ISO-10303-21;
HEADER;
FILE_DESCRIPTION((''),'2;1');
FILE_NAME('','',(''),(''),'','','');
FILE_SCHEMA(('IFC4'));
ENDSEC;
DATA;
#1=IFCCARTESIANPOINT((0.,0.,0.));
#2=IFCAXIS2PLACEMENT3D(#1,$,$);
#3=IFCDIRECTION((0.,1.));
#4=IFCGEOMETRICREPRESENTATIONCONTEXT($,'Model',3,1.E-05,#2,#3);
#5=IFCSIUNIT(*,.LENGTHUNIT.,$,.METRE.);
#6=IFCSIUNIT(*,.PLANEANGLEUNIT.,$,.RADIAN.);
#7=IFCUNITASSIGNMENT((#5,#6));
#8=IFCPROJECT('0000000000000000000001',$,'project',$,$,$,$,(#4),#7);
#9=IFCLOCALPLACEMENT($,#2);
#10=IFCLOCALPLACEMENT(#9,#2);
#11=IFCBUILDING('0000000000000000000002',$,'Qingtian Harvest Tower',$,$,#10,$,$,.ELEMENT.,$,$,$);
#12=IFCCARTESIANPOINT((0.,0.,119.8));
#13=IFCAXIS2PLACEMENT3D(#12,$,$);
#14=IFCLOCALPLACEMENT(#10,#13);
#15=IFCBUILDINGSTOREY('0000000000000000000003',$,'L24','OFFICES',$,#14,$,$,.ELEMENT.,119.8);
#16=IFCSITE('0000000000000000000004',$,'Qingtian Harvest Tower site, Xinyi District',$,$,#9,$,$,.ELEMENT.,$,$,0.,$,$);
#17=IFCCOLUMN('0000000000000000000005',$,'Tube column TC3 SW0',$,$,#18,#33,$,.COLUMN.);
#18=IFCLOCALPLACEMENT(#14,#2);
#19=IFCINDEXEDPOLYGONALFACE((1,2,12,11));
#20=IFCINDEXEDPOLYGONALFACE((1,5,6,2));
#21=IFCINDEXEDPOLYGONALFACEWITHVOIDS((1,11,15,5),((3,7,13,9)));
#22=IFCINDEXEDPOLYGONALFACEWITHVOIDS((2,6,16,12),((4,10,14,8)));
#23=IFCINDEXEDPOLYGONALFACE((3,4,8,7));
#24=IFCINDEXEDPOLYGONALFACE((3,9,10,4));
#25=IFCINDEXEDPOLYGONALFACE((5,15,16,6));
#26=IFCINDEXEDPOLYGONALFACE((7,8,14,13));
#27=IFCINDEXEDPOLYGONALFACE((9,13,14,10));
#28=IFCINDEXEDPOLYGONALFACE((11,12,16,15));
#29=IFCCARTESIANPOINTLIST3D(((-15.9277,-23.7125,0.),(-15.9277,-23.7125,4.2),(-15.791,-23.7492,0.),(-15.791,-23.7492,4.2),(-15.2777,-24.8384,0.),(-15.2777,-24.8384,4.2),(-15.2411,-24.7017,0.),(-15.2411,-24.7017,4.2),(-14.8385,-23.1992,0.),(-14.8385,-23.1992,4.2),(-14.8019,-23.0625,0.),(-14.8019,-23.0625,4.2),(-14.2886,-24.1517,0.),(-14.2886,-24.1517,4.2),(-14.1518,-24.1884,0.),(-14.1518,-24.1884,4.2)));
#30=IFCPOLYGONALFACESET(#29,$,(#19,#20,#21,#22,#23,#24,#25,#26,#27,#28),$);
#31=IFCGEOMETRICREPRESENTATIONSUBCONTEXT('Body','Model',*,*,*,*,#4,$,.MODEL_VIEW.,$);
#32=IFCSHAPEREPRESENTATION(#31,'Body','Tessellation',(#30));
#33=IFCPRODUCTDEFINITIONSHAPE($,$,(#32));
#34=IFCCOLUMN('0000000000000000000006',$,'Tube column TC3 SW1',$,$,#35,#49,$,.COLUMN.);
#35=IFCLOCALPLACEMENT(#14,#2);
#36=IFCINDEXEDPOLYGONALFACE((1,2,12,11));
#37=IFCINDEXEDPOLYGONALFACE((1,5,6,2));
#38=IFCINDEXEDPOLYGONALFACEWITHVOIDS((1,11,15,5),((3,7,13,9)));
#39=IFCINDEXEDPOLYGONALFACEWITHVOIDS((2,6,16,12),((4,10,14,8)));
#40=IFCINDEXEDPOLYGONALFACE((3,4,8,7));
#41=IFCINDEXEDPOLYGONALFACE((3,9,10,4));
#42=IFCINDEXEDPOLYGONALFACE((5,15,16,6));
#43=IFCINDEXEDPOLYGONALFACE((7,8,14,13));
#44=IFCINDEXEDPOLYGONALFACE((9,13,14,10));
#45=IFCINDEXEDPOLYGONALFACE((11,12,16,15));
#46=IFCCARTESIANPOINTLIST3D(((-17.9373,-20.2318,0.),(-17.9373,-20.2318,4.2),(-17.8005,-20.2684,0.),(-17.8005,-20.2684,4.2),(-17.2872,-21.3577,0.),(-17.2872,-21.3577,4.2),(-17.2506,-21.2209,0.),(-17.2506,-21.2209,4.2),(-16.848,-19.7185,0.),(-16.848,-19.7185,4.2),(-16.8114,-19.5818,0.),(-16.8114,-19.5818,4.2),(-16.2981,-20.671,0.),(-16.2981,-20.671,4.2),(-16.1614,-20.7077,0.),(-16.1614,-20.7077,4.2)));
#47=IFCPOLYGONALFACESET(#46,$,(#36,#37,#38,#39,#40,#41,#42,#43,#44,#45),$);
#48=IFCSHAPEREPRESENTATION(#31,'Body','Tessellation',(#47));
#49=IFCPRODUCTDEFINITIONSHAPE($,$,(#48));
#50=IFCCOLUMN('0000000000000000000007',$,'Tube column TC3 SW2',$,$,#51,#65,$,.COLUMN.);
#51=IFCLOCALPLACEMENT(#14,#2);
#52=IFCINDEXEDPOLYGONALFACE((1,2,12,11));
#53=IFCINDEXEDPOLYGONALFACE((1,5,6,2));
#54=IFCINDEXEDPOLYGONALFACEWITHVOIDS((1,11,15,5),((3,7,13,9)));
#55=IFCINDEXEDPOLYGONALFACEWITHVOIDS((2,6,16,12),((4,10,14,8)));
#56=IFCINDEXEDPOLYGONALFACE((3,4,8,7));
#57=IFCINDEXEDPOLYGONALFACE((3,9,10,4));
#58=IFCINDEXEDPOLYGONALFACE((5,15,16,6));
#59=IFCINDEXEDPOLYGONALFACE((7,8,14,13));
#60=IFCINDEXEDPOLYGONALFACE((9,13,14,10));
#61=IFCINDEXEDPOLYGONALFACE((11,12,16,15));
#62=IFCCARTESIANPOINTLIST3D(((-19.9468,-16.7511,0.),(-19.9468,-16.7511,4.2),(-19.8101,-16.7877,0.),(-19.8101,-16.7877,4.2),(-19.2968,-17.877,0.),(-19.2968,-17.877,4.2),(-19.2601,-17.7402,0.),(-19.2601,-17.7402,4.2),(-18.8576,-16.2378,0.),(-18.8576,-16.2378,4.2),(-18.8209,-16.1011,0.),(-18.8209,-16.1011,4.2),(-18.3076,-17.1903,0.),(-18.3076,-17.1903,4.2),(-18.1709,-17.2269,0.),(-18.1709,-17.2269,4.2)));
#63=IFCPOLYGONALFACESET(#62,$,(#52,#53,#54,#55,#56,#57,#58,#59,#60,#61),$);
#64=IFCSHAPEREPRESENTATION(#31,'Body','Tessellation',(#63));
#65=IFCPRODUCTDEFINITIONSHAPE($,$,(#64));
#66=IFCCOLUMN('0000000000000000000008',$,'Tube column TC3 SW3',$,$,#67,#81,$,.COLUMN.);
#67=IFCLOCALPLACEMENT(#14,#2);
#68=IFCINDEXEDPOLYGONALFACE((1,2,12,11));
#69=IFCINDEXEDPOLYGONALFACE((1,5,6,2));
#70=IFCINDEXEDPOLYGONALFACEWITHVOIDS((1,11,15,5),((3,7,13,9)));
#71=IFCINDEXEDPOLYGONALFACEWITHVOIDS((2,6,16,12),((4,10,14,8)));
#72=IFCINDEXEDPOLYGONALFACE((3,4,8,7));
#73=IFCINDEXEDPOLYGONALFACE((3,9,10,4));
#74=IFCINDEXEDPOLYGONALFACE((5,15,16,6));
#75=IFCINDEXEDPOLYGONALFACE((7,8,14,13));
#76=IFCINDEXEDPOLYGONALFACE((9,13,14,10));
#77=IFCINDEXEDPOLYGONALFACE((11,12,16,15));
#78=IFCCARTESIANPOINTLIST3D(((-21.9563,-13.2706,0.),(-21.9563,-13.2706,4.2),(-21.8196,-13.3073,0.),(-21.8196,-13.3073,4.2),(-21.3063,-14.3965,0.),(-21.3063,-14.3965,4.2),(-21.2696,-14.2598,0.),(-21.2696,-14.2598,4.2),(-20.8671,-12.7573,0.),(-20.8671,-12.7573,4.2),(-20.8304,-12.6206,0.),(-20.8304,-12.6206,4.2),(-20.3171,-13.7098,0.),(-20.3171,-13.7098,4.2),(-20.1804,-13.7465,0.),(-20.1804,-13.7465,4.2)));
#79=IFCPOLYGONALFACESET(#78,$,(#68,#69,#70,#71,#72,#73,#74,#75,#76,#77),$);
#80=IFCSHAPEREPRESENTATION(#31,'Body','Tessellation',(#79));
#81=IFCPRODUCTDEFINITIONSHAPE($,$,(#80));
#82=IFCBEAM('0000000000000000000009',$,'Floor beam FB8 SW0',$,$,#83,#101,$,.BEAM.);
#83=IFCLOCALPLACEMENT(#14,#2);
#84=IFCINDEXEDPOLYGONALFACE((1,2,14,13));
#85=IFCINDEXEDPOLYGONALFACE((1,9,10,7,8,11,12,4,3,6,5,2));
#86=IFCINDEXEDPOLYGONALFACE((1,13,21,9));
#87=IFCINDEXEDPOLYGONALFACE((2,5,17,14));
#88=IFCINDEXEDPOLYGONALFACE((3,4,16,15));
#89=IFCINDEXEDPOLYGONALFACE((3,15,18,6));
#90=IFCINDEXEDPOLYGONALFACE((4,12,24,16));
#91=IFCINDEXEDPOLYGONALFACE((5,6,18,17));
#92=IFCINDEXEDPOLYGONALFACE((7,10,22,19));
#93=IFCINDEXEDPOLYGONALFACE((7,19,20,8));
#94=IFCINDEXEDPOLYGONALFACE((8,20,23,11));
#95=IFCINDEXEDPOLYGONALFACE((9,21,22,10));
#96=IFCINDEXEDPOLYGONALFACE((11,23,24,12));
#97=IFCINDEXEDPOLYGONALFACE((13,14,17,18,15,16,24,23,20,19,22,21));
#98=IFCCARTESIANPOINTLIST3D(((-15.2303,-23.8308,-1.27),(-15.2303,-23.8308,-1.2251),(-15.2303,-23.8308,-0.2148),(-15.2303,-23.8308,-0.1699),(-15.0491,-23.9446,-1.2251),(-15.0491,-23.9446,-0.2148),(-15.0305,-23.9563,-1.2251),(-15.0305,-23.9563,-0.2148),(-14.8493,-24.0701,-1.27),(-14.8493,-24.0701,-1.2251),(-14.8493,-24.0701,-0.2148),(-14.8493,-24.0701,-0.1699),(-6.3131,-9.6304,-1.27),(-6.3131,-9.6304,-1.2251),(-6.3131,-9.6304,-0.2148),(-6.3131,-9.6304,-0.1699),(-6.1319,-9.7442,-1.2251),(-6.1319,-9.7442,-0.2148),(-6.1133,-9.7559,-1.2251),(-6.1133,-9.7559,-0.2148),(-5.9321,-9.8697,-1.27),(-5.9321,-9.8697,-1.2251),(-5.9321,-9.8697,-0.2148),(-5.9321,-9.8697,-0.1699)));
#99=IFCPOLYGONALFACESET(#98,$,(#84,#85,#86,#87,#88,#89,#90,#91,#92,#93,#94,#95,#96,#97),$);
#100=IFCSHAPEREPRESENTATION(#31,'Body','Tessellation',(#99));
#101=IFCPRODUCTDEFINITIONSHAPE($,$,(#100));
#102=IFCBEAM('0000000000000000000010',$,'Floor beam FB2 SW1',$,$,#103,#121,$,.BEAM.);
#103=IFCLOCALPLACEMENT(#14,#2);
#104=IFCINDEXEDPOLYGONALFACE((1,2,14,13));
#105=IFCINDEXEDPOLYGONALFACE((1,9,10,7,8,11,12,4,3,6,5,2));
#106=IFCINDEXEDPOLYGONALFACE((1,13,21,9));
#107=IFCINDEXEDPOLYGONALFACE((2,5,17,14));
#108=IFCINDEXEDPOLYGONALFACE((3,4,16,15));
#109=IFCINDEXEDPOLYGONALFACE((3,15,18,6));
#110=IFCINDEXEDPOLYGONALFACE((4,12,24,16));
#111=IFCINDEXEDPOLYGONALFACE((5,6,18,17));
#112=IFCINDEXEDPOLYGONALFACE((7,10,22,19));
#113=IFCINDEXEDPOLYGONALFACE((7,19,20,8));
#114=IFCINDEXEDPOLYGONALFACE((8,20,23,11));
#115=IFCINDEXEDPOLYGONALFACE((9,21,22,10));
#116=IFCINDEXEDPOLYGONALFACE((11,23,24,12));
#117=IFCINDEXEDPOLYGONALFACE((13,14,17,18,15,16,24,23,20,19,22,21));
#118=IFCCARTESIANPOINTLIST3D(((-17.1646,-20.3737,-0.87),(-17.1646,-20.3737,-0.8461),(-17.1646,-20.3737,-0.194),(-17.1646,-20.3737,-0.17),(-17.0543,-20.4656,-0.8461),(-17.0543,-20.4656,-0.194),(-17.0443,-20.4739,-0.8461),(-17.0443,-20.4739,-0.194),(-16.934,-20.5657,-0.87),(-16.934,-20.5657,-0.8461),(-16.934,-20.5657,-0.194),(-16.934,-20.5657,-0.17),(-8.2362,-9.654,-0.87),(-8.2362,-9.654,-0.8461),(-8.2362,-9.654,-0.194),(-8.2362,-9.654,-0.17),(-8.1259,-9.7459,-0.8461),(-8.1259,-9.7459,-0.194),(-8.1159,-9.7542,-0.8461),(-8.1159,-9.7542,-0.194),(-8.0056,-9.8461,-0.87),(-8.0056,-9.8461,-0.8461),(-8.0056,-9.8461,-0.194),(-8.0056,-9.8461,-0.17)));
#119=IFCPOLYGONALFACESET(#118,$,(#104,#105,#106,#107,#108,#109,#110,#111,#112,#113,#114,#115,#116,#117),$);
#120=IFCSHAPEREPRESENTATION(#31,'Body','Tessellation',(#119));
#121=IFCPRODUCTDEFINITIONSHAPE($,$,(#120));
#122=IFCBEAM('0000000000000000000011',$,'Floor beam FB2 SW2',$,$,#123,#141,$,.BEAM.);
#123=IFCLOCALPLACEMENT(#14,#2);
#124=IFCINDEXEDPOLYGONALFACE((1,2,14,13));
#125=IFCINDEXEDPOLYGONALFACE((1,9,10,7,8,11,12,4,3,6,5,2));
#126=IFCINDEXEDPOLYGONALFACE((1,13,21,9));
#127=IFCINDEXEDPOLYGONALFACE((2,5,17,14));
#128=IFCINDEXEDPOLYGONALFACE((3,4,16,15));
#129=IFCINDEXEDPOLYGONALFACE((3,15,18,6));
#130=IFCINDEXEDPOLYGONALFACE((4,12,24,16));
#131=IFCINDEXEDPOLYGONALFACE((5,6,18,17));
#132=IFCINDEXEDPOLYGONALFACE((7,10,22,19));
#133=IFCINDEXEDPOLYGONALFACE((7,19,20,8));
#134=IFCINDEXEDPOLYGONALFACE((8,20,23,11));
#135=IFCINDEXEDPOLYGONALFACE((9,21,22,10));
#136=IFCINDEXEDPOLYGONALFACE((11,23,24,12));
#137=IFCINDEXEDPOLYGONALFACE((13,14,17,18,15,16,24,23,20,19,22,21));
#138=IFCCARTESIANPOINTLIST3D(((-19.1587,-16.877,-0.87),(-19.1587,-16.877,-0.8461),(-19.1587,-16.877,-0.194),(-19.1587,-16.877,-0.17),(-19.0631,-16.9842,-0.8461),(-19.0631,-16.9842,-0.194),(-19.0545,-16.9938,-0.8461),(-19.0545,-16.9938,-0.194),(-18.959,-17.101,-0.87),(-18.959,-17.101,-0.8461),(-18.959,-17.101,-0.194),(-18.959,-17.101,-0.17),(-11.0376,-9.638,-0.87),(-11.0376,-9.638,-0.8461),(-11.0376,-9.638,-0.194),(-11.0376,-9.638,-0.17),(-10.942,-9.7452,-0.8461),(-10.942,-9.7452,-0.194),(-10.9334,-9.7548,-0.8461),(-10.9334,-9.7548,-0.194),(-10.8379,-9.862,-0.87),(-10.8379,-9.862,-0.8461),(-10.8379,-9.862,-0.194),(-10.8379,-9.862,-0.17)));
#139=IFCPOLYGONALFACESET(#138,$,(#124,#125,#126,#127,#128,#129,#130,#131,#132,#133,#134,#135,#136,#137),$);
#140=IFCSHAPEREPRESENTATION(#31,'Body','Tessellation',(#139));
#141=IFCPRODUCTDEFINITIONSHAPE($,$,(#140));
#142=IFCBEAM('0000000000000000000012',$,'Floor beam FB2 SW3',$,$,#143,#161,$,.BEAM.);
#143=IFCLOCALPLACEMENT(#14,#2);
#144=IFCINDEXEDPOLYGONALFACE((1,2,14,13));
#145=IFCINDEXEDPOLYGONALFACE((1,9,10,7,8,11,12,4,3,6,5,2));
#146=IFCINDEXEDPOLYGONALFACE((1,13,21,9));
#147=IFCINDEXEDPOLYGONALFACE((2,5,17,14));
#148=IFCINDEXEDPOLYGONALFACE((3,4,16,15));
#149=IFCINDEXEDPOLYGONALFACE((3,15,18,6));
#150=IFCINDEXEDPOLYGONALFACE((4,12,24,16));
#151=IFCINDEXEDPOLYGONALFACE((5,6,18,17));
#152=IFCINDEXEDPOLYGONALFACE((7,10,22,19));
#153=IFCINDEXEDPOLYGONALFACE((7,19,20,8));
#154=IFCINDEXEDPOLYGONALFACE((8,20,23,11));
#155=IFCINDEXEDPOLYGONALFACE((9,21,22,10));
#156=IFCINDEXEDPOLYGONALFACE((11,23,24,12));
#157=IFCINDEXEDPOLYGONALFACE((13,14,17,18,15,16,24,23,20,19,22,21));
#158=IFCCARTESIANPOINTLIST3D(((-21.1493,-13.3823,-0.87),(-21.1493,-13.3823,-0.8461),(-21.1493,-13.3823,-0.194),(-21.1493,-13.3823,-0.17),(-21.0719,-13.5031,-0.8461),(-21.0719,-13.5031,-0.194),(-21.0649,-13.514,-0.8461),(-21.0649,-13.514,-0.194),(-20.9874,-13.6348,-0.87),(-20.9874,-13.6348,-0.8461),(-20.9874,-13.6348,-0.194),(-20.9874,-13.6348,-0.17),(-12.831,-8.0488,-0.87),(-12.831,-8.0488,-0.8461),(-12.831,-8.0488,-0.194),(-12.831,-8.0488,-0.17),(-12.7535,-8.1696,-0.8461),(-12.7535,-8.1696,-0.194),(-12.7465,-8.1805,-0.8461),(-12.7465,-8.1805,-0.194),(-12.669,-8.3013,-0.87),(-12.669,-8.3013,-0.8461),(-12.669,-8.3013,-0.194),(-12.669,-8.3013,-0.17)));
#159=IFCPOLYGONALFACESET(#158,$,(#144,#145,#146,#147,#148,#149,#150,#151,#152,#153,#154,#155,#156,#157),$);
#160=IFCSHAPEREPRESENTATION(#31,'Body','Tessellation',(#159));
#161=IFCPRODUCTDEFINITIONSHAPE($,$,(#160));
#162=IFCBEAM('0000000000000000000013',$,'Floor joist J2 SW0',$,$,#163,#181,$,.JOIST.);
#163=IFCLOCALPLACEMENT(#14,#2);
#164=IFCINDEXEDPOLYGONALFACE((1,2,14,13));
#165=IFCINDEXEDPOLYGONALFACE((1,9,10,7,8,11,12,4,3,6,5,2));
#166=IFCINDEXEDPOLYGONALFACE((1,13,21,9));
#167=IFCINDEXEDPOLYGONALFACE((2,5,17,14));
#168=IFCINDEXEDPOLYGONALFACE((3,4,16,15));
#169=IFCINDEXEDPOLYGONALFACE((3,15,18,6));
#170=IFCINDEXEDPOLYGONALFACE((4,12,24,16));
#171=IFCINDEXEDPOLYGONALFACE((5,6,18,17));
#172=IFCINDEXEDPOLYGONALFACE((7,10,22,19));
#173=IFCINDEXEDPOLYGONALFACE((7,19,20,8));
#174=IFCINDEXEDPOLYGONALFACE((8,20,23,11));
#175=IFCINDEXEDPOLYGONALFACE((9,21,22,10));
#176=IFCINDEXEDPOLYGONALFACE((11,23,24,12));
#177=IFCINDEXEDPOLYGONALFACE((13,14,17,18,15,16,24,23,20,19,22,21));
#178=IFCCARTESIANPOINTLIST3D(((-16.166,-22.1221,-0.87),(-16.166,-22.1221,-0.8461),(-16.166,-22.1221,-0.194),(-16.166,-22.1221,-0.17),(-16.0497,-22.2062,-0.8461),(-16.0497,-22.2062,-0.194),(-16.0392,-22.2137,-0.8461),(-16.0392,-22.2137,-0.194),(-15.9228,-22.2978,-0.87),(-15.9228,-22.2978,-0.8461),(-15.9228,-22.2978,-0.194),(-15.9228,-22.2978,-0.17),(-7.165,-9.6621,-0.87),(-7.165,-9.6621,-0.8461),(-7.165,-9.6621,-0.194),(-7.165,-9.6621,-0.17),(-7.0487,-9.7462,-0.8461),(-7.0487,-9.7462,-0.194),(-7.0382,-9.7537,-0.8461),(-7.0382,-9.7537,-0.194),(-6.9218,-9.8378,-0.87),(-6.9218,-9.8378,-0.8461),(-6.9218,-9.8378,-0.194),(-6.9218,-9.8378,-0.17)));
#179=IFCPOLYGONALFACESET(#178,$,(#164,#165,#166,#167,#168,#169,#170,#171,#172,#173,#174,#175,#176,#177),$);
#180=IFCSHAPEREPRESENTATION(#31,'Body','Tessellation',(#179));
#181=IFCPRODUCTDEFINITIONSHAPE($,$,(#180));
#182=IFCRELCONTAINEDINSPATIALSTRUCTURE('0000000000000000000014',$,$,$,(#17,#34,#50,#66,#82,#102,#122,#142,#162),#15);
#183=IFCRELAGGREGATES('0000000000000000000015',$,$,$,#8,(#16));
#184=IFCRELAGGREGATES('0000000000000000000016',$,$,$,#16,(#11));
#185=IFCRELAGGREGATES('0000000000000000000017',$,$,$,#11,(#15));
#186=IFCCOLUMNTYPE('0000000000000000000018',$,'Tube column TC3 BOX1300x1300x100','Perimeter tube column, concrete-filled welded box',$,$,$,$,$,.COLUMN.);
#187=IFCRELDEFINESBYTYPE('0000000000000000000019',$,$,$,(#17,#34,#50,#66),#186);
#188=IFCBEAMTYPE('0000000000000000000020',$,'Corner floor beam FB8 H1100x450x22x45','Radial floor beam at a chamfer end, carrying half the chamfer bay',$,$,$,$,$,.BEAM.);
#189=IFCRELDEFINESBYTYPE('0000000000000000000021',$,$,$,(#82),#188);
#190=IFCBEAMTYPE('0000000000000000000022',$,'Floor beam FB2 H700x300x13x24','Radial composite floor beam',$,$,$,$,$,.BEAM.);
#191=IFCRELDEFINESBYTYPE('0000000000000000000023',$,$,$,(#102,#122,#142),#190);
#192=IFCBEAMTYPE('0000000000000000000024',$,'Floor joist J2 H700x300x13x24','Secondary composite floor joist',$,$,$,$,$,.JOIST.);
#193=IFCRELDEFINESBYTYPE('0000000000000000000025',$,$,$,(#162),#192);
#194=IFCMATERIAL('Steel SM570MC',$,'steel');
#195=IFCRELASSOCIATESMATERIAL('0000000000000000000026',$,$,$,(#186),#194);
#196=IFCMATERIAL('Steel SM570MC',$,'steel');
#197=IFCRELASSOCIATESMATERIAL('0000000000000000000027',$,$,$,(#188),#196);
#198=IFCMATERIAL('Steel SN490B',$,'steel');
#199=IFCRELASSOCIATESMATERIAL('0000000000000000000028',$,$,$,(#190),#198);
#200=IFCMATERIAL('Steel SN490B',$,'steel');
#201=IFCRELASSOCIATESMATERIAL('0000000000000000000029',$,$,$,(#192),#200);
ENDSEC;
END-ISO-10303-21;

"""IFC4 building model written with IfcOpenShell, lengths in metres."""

from ifc_helpers import new_model, si_unit, direction, frame, origin, origin_2d, place, context, subcontext, project, spatial, hollow_rectangle, i_section, extrude, material, material_profile, profile_set, type_object, element, save


model = new_model("IFC4")

# Units and contexts
model_context = context("Model", 3, precision=1e-05, world=origin(), true_north=direction((0.0, 1.0)))
body_context = subcontext(model_context, "Body", "Model", "MODEL_VIEW")
ifc_project = project(units=[si_unit("LENGTHUNIT", "METRE"), si_unit("PLANEANGLEUNIT", "RADIAN")], contexts=[model_context])

# Site, building, storey
site_placement = place(None, origin())
site = spatial("IfcSite", under=ifc_project, at=site_placement, Name="Qingtian Harvest Tower site, Xinyi District", CompositionType="ELEMENT", RefElevation=0.0)
building_placement = place(site_placement, origin())
building = spatial("IfcBuilding", under=site, at=building_placement, Name="Qingtian Harvest Tower", CompositionType="ELEMENT")
storey_placement = place(building_placement, frame((0.0, 0.0, 119.8)))
storey = spatial("IfcBuildingStorey", under=building, at=storey_placement, Name="L24", Description="OFFICES", CompositionType="ELEMENT", Elevation=119.8)

# Columns
ifc_material_1 = material(Name="Steel SM570MC", Category="steel")
ifc_material_profile_1 = material_profile(ifc_material_1, hollow_rectangle(XDim=1.3, YDim=1.3, WallThickness=0.1001, at=origin_2d()), Name="BOX1300x1300x100")
ifc_profile_set_1 = profile_set([ifc_material_profile_1], Name="Steel SM570MC")
column_type = type_object("IfcColumnType", Name="Tube column TC3 BOX1300x1300x100", Description="Perimeter tube column, concrete-filled welded box", PredefinedType="COLUMN", material=ifc_profile_set_1)
for number, where, z_axis, x_axis, name in (
    (1, (-15.0398, -23.9504, 0.0), (0.0, 0.0, 1.0), (0.5, -0.866025, 0.0), "Tube column TC3 SW0"),
    (2, (-17.0493, -20.4697, 0.0), (0.0, 0.0, 1.0), (0.5, -0.866025, 0.0), "Tube column TC3 SW1"),
    (3, (-19.0588, -16.989, 0.0), (0.0, 0.0, 1.0), (0.5, -0.866025, 0.0), "Tube column TC3 SW2"),
    (4, (-21.0684, -13.5085, 0.0), (0.0, 0.0, 1.0), (0.5, -0.866025, 0.0), "Tube column TC3 SW3"),
):
    element("IfcColumn", number, at=place(storey_placement, frame(where, z_axis=z_axis, x_axis=x_axis)), inside=storey, type_object=column_type, Name=name, PredefinedType="COLUMN", context=body_context, shape_type="SweptSolid", body=[
        extrude(hollow_rectangle(XDim=1.3, YDim=1.3, WallThickness=0.1001, at=origin_2d()), origin(), (0.0, 0.0, 1.0), 4.2),
    ])

# Beams
ifc_material_2 = material(Name="Steel SM570MC", Category="steel")
ifc_material_profile_2 = material_profile(ifc_material_2, i_section(OverallWidth=0.45, OverallDepth=1.1001, WebThickness=0.022, FlangeThickness=0.0449, at=origin_2d()), Name="H1100x450x22x45")
ifc_profile_set_2 = profile_set([ifc_material_profile_2], Name="Steel SM570MC")
beam_type_1 = type_object("IfcBeamType", Name="Corner floor beam FB8 H1100x450x22x45", Description="Radial floor beam at a chamfer end, carrying half the chamfer bay", PredefinedType="BEAM", material=ifc_profile_set_2)
beam_1_placement = place(storey_placement, frame((-15.0398, -23.9504, -0.72), z_axis=(0.531797, 0.846872, 0.0), x_axis=(-0.846872, 0.531797, 0.0)))
element("IfcBeam", 5, at=beam_1_placement, inside=storey, type_object=beam_type_1, Name="Floor beam FB8 SW0", PredefinedType="BEAM", context=body_context, shape_type="SweptSolid", body=[
    extrude(i_section(OverallWidth=0.45, OverallDepth=1.1001, WebThickness=0.022, FlangeThickness=0.0449, at=origin_2d()), origin(), (0.0, 0.0, 1.0), 16.7681),
])
ifc_material_3 = material(Name="Steel SN490B", Category="steel")
ifc_material_profile_3 = material_profile(ifc_material_3, i_section(OverallWidth=0.3, OverallDepth=0.7, WebThickness=0.0129, FlangeThickness=0.0239, at=origin_2d()), Name="H700x300x13x24")
ifc_profile_set_3 = profile_set([ifc_material_profile_3], Name="Steel SN490B")
beam_type_2 = type_object("IfcBeamType", Name="Floor beam FB2 H700x300x13x24", Description="Radial composite floor beam", PredefinedType="BEAM", material=ifc_profile_set_3)
beam_2_placement = place(storey_placement, frame((-17.0493, -20.4697, -0.52), z_axis=(0.639988, 0.768385, 0.0), x_axis=(-0.768385, 0.639988, 0.0)))
element("IfcBeam", 6, at=beam_2_placement, inside=storey, type_object=beam_type_2, Name="Floor beam FB2 SW1", PredefinedType="BEAM", context=body_context, shape_type="SweptSolid", body=[
    extrude(i_section(OverallWidth=0.3, OverallDepth=0.7, WebThickness=0.0129, FlangeThickness=0.0239, at=origin_2d()), origin(), (0.0, 0.0, 1.0), 13.9509),
])
beam_3_placement = place(storey_placement, frame((-19.0588, -16.989, -0.52), z_axis=(0.746484, 0.665404, 0.0), x_axis=(-0.665404, 0.746484, 0.0)))
element("IfcBeam", 7, at=beam_3_placement, inside=storey, type_object=beam_type_2, Name="Floor beam FB2 SW2", PredefinedType="BEAM", context=body_context, shape_type="SweptSolid", body=[
    extrude(i_section(OverallWidth=0.3, OverallDepth=0.7, WebThickness=0.0129, FlangeThickness=0.0239, at=origin_2d()), origin(), (0.0, 0.0, 1.0), 10.8792),
])
beam_4_placement = place(storey_placement, frame((-21.0684, -13.5085, -0.52), z_axis=(0.841823, 0.539753, 0.0), x_axis=(-0.539753, 0.841823, 0.0)))
element("IfcBeam", 8, at=beam_4_placement, inside=storey, type_object=beam_type_2, Name="Floor beam FB2 SW3", PredefinedType="BEAM", context=body_context, shape_type="SweptSolid", body=[
    extrude(i_section(OverallWidth=0.3, OverallDepth=0.7, WebThickness=0.0129, FlangeThickness=0.0239, at=origin_2d()), origin(), (0.0, 0.0, 1.0), 9.8813),
])
ifc_material_4 = material(Name="Steel SN490B", Category="steel")
ifc_material_profile_4 = material_profile(ifc_material_4, i_section(OverallWidth=0.3, OverallDepth=0.7, WebThickness=0.0129, FlangeThickness=0.0239, at=origin_2d()), Name="H700x300x13x24")
ifc_profile_set_4 = profile_set([ifc_material_profile_4], Name="Steel SN490B")
beam_type_3 = type_object("IfcBeamType", Name="Floor joist J2 H700x300x13x24", Description="Secondary composite floor joist", PredefinedType="JOIST", material=ifc_profile_set_4)
beam_5_placement = place(storey_placement, frame((-16.0444, -22.21, -0.52), z_axis=(0.585581, 0.810614, 0.0), x_axis=(-0.810614, 0.585581, 0.0)))
element("IfcBeam", 9, at=beam_5_placement, inside=storey, type_object=beam_type_3, Name="Floor joist J2 SW0", PredefinedType="JOIST", context=body_context, shape_type="SweptSolid", body=[
    extrude(i_section(OverallWidth=0.3, OverallDepth=0.7, WebThickness=0.0129, FlangeThickness=0.0239, at=origin_2d()), origin(), (0.0, 0.0, 1.0), 15.3711),
])

save(model, "model.ifc")
